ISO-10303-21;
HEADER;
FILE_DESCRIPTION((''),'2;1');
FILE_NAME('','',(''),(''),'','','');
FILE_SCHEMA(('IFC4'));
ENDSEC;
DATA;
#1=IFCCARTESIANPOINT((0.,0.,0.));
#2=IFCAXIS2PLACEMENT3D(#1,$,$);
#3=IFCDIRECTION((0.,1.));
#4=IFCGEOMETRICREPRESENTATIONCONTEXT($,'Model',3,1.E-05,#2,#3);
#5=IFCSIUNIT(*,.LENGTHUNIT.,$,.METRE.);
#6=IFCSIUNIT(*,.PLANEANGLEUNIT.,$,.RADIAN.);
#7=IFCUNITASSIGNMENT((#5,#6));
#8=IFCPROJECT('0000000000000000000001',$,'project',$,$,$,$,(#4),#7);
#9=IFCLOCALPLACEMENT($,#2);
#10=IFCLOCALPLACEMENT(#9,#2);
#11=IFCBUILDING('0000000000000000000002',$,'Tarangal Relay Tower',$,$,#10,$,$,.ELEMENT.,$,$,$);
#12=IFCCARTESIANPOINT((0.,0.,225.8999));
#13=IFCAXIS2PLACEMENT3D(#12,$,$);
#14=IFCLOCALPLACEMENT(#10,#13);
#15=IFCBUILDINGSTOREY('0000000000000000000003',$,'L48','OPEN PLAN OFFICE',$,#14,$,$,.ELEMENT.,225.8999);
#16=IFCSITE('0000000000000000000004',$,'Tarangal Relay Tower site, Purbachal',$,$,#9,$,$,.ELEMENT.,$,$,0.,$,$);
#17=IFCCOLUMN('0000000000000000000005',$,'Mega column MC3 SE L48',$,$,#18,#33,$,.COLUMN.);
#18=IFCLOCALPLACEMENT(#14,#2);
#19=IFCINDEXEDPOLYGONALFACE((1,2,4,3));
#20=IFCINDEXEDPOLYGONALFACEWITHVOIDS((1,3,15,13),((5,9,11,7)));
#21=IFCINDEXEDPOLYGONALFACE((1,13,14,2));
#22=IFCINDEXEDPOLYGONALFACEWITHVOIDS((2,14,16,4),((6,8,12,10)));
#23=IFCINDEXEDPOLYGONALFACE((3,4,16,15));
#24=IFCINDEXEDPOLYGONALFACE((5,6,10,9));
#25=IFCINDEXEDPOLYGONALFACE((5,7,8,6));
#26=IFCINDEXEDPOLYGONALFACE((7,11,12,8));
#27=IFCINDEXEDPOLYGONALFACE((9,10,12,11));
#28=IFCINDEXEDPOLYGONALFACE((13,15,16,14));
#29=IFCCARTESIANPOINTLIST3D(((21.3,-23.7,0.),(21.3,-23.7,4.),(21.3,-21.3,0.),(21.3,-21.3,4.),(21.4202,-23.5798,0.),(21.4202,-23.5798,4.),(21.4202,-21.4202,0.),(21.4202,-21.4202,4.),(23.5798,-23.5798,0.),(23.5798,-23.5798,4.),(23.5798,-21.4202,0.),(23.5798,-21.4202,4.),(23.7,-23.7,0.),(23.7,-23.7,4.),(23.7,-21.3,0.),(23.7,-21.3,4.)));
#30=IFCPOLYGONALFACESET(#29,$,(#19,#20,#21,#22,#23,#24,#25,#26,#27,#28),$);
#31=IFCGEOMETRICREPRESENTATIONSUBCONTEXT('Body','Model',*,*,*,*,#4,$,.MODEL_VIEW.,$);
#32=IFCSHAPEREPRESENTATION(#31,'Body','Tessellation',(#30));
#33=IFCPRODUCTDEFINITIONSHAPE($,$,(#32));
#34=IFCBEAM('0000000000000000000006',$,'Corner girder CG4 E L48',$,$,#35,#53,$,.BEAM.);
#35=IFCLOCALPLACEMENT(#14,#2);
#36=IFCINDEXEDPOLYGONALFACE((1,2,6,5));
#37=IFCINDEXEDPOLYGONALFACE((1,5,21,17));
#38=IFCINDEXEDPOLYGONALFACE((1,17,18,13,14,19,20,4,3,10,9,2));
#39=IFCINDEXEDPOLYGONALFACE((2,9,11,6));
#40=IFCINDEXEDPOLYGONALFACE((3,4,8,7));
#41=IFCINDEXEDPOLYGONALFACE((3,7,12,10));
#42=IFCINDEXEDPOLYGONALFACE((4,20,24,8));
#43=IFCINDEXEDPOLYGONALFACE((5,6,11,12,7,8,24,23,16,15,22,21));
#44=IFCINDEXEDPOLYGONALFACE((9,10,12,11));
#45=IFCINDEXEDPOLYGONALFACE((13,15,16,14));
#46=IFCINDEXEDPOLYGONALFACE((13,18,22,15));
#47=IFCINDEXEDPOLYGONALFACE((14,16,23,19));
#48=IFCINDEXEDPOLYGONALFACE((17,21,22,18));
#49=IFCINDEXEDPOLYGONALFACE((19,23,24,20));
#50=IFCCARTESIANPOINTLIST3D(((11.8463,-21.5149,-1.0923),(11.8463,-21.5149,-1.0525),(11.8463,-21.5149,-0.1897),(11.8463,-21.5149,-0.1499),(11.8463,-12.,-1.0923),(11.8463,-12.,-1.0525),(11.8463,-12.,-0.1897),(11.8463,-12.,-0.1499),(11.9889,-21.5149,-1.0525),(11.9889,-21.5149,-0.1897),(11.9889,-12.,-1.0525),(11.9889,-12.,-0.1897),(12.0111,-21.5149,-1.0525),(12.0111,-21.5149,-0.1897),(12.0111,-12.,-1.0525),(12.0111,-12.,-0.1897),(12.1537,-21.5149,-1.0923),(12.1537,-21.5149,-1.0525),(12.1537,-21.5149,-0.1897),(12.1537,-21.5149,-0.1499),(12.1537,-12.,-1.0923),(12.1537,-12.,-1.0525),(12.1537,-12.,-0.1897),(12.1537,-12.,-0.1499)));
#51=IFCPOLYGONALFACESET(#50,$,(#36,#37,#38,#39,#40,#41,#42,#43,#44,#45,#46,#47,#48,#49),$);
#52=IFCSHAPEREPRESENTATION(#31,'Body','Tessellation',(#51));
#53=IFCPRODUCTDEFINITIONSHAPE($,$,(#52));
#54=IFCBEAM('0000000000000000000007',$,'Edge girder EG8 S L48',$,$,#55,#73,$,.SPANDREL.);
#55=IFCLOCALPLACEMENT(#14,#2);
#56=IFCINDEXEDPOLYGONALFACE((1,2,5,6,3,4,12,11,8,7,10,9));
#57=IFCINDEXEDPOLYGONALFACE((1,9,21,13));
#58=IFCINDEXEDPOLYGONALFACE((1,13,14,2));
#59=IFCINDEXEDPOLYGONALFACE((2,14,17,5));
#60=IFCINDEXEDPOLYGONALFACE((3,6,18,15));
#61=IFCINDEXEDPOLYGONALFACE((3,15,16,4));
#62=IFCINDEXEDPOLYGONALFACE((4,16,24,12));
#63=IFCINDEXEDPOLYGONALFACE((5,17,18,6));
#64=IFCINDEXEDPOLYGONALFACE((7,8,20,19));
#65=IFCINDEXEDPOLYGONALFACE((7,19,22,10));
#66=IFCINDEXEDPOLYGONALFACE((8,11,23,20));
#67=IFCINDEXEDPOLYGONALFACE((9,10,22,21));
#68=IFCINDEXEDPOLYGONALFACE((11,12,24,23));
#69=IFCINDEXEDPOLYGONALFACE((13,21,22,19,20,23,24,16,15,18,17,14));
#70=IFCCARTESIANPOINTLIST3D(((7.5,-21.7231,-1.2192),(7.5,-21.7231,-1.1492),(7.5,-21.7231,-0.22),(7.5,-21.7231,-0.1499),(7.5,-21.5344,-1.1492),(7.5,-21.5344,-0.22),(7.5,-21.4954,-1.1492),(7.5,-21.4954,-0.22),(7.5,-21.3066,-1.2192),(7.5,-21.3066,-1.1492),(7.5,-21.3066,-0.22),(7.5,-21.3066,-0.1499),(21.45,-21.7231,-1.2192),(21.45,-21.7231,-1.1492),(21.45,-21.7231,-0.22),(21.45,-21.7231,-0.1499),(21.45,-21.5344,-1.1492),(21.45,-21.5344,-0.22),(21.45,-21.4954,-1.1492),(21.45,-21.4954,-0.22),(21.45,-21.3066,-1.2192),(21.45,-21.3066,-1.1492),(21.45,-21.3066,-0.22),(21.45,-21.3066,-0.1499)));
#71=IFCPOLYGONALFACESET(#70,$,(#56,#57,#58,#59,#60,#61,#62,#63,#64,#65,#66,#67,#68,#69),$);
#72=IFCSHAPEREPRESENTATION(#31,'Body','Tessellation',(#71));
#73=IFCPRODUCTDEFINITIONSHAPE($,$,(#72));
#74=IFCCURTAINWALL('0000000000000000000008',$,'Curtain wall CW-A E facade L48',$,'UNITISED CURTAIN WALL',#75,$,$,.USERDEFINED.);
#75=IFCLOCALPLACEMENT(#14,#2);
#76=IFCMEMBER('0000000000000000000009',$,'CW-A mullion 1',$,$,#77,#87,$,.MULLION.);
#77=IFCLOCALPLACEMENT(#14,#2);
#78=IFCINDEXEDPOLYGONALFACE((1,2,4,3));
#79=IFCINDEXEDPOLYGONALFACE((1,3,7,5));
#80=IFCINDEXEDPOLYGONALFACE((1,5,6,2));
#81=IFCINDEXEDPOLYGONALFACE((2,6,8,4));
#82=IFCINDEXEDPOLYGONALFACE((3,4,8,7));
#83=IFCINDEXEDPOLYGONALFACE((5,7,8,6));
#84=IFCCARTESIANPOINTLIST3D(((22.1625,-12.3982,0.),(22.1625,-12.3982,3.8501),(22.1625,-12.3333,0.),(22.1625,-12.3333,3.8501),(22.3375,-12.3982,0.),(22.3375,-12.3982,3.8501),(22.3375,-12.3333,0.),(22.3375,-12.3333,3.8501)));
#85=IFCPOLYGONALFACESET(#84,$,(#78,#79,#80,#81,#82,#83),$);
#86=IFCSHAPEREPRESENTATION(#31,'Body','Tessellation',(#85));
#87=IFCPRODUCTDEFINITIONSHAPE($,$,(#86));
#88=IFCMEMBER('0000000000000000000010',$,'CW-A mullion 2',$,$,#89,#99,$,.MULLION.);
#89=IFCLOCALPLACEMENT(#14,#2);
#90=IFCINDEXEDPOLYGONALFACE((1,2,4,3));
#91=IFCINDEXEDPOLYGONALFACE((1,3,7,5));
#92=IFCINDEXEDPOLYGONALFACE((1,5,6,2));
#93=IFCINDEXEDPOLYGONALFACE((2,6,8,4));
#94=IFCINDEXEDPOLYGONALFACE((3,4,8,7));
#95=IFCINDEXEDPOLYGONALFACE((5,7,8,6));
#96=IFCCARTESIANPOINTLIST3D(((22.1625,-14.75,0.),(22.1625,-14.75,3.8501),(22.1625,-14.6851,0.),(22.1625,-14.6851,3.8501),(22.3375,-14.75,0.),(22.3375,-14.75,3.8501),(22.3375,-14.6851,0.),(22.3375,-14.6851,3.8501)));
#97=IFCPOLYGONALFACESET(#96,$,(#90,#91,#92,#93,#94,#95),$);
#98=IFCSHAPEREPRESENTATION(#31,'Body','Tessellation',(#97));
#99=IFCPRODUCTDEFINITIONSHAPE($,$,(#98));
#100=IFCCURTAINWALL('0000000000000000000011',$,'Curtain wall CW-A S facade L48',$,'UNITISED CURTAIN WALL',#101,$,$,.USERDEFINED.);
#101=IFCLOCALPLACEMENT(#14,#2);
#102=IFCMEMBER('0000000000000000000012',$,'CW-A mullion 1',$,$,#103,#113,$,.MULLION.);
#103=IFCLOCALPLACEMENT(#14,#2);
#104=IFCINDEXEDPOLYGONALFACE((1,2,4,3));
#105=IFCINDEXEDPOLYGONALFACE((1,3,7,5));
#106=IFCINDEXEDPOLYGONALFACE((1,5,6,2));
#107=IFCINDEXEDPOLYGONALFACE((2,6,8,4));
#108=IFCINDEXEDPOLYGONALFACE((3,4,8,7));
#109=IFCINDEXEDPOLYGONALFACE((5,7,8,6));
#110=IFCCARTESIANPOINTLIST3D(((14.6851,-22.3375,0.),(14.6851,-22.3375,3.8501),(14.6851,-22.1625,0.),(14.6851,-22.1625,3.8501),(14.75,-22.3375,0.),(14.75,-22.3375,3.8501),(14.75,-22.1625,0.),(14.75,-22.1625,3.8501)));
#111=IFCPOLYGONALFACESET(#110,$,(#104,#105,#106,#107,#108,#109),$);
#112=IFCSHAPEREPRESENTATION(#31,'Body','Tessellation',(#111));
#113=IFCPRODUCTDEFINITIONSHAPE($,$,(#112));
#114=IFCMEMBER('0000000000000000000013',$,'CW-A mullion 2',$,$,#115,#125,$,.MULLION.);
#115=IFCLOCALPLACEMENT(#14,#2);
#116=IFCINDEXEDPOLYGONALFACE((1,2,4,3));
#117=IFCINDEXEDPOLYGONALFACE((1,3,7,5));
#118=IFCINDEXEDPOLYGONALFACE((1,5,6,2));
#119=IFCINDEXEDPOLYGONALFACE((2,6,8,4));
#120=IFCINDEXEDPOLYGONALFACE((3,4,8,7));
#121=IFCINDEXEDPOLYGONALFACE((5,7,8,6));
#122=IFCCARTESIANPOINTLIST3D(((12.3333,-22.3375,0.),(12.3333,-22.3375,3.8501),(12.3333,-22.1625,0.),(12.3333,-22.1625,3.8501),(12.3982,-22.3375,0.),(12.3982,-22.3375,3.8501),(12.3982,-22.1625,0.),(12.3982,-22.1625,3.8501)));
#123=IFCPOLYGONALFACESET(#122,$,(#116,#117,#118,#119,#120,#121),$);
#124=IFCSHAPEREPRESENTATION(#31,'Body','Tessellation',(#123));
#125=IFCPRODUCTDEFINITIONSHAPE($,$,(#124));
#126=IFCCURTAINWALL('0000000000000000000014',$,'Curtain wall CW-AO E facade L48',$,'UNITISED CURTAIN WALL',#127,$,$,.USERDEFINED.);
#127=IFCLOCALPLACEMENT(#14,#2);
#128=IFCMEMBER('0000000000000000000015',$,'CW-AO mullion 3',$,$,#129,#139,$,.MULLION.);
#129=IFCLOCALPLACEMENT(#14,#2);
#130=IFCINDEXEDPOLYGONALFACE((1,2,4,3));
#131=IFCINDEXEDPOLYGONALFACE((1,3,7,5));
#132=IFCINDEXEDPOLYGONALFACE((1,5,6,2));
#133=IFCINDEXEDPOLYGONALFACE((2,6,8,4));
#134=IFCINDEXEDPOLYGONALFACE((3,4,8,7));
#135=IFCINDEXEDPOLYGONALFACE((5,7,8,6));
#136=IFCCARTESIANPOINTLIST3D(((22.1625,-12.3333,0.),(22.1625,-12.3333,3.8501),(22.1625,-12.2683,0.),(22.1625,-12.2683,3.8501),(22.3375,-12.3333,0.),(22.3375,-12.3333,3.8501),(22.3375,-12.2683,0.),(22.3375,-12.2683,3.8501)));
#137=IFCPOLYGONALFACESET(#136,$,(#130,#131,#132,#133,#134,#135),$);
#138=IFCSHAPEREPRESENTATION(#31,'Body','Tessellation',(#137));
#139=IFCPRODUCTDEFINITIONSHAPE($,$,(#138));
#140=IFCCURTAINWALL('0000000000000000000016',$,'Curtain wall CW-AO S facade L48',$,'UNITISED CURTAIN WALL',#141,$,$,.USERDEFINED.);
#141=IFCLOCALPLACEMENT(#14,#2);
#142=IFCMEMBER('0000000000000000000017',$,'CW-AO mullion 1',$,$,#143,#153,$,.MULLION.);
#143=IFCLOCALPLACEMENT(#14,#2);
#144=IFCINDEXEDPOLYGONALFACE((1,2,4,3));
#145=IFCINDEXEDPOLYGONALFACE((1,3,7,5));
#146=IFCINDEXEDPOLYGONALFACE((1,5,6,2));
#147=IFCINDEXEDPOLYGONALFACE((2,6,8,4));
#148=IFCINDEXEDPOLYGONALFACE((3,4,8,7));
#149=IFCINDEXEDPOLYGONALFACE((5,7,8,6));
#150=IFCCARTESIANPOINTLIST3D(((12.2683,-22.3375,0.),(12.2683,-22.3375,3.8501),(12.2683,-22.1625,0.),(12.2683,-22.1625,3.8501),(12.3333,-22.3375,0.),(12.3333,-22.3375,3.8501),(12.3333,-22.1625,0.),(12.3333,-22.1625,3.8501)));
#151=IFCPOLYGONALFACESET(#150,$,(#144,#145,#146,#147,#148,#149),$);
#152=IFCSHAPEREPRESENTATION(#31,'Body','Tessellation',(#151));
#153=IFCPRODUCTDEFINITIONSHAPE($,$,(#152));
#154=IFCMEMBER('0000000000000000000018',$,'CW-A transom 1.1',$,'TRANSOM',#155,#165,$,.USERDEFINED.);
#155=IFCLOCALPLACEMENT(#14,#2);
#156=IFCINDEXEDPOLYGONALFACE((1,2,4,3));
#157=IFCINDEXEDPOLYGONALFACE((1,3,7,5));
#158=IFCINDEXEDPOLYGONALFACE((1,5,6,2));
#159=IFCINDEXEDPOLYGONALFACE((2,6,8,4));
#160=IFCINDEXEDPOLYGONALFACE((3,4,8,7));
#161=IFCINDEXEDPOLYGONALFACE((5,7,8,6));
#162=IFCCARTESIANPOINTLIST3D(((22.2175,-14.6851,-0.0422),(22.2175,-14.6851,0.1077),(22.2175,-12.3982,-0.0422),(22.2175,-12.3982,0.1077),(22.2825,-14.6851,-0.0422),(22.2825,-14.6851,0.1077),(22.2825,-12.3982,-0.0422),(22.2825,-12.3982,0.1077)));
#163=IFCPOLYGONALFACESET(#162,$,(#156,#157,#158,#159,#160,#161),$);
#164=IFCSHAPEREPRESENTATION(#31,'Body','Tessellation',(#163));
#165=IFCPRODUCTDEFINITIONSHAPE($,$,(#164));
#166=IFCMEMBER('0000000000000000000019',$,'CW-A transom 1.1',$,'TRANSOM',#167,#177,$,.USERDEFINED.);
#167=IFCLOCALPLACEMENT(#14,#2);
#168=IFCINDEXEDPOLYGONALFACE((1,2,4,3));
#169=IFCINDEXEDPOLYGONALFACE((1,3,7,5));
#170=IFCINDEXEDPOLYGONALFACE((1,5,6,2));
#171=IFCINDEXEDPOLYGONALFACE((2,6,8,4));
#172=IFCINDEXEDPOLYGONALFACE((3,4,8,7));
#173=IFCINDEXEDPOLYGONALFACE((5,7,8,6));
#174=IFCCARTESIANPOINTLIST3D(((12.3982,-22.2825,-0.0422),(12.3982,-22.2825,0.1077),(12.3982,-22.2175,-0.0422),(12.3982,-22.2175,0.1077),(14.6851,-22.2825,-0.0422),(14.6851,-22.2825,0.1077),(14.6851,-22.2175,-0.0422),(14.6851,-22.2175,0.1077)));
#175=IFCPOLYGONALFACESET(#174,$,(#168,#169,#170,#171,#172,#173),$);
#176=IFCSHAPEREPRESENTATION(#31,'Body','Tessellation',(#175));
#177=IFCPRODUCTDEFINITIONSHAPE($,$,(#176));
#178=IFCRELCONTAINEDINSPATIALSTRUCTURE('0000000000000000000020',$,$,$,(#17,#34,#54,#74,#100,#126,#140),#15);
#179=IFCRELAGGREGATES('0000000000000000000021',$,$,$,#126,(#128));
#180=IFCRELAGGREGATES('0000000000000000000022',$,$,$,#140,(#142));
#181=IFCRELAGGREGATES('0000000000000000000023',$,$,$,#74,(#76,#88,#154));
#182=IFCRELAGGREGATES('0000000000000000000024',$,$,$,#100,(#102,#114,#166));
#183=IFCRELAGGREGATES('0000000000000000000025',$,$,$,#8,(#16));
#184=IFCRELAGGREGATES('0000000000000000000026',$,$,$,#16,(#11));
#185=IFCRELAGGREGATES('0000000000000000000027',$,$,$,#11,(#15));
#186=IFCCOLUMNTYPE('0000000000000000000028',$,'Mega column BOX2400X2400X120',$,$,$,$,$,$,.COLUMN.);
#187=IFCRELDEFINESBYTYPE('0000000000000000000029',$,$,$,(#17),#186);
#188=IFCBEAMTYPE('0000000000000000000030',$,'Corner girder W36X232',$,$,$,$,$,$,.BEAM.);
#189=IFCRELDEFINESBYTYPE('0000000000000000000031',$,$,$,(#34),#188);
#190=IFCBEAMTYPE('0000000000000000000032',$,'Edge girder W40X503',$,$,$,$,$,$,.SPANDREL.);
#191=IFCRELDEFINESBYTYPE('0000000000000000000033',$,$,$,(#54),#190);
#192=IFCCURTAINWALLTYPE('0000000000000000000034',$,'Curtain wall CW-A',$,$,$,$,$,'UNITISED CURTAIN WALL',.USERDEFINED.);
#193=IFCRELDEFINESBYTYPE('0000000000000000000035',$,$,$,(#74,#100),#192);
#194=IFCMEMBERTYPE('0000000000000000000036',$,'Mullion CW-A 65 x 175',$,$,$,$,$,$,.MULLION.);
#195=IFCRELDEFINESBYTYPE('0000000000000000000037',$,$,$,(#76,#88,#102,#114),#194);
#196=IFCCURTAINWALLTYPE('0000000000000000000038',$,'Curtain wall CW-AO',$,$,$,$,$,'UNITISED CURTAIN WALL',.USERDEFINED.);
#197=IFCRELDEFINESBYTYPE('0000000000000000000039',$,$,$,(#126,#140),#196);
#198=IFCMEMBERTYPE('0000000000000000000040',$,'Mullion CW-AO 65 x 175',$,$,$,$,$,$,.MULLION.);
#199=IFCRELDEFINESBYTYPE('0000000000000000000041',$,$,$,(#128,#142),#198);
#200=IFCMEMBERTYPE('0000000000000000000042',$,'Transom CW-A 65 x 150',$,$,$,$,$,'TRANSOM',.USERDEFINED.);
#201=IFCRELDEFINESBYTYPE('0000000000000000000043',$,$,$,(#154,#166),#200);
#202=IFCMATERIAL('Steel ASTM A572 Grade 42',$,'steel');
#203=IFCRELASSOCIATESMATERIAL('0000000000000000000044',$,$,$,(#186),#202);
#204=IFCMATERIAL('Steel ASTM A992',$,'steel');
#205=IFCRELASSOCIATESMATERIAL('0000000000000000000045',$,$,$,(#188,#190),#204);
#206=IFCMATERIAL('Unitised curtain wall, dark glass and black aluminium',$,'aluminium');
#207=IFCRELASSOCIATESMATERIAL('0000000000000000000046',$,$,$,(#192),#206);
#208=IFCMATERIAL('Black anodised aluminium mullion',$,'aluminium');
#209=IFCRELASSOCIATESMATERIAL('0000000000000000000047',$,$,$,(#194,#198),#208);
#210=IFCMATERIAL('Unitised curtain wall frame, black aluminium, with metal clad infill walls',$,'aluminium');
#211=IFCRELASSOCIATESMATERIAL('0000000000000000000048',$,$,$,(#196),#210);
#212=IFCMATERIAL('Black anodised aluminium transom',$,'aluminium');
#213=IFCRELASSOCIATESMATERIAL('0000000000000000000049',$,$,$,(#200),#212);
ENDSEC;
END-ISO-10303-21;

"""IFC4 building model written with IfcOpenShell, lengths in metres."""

from ifc_helpers import new_model, si_unit, direction, frame, origin, origin_2d, place, context, subcontext, project, spatial, rectangle, hollow_rectangle, i_section, extrude, material, material_profile, profile_set, type_object, element, aggregate, save


model = new_model("IFC4")

# Units and contexts
model_context = context("Model", 3, precision=1e-05, world=origin(), true_north=direction((0.0, 1.0)))
body_context = subcontext(model_context, "Body", "Model", "MODEL_VIEW")
ifc_project = project(units=[si_unit("LENGTHUNIT", "METRE"), si_unit("PLANEANGLEUNIT", "RADIAN")], contexts=[model_context])

# Site, building, storey
site_placement = place(None, origin())
site = spatial("IfcSite", under=ifc_project, at=site_placement, Name="Tarangal Relay Tower site, Purbachal", CompositionType="ELEMENT", RefElevation=0.0)
building_placement = place(site_placement, origin())
building = spatial("IfcBuilding", under=site, at=building_placement, Name="Tarangal Relay Tower", CompositionType="ELEMENT")
storey_placement = place(building_placement, frame((0.0, 0.0, 225.8999)))
storey = spatial("IfcBuildingStorey", under=building, at=storey_placement, Name="L48", Description="OPEN PLAN OFFICE", CompositionType="ELEMENT", Elevation=225.8999)

# Column
ifc_material_1 = material(Name="Steel ASTM A572 Grade 42", Category="steel")
ifc_material_profile_1 = material_profile(ifc_material_1, hollow_rectangle(XDim=2.3999, YDim=2.3999, WallThickness=0.1201, at=origin_2d()), Name="BOX2400X2400X120")
ifc_profile_set_1 = profile_set([ifc_material_profile_1], Name="Steel ASTM A572 Grade 42")
column_type = type_object("IfcColumnType", Name="Mega column BOX2400X2400X120", PredefinedType="COLUMN", material=ifc_profile_set_1)
column_placement = place(storey_placement, frame((22.5, -22.5, 0.0), z_axis=(0.0, 0.0, 1.0), x_axis=(1.0, 0.0, 0.0)))
element("IfcColumn", 1, at=column_placement, inside=storey, type_object=column_type, Name="Mega column MC3 SE L48", PredefinedType="COLUMN", context=body_context, shape_type="SweptSolid", body=[
    extrude(hollow_rectangle(XDim=2.3999, YDim=2.3999, WallThickness=0.1201, at=origin_2d()), origin(), (0.0, 0.0, 1.0), 4.0),
])

# Beams
ifc_material_2 = material(Name="Steel ASTM A992", Category="steel")
ifc_material_profile_2 = material_profile(ifc_material_2, i_section(OverallWidth=0.3074, OverallDepth=0.9424, WebThickness=0.0222, FlangeThickness=0.0398, at=origin_2d()), Name="W36X232")
ifc_profile_set_2 = profile_set([ifc_material_profile_2], Name="Steel ASTM A992")
beam_type_1 = type_object("IfcBeamType", Name="Corner girder W36X232", PredefinedType="BEAM", material=ifc_profile_set_2)
beam_1_placement = place(storey_placement, frame((12.0, -12.0, -0.6211), z_axis=(0.0, -1.0, 0.0), x_axis=(1.0, 0.0, 0.0)))
element("IfcBeam", 2, at=beam_1_placement, inside=storey, type_object=beam_type_1, Name="Corner girder CG4 E L48", PredefinedType="BEAM", context=body_context, shape_type="SweptSolid", body=[
    extrude(i_section(OverallWidth=0.3074, OverallDepth=0.9424, WebThickness=0.0222, FlangeThickness=0.0398, at=origin_2d()), origin(), (0.0, 0.0, 1.0), 9.5149),
])
ifc_material_profile_3 = material_profile(ifc_material_2, i_section(OverallWidth=0.4165, OverallDepth=1.0693, WebThickness=0.0391, FlangeThickness=0.0701, at=origin_2d()), Name="W40X503")
ifc_profile_set_3 = profile_set([ifc_material_profile_3], Name="Steel ASTM A992")
beam_type_2 = type_object("IfcBeamType", Name="Edge girder W40X503", PredefinedType="SPANDREL", material=ifc_profile_set_3)
beam_2_placement = place(storey_placement, frame((21.45, -21.5149, -0.6846), z_axis=(-1.0, 0.0, 0.0), x_axis=(0.0, -1.0, 0.0)))
element("IfcBeam", 3, at=beam_2_placement, inside=storey, type_object=beam_type_2, Name="Edge girder EG8 S L48", PredefinedType="SPANDREL", context=body_context, shape_type="SweptSolid", body=[
    extrude(i_section(OverallWidth=0.4165, OverallDepth=1.0693, WebThickness=0.0391, FlangeThickness=0.0701, at=origin_2d()), origin(), (0.0, 0.0, 1.0), 13.95),
])

# Curtain walls, members
ifc_material_3 = material(Name="Unitised curtain wall, dark glass and black aluminium", Category="aluminium")
curtain_wall_type_1 = type_object("IfcCurtainWallType", Name="Curtain wall CW-A", ElementType="UNITISED CURTAIN WALL", PredefinedType="USERDEFINED", material=ifc_material_3)
curtain_wall_1_placement = place(storey_placement, origin())
curtain_wall_1 = element("IfcCurtainWall", 4, at=curtain_wall_1_placement, inside=storey, type_object=curtain_wall_type_1, Name="Curtain wall CW-A E facade L48", ObjectType="UNITISED CURTAIN WALL", PredefinedType="USERDEFINED")
ifc_material_4 = material(Name="Black anodised aluminium mullion", Category="aluminium")
ifc_material_profile_4 = material_profile(ifc_material_4, rectangle(XDim=0.175, YDim=0.0649, at=origin_2d()), Name="CW-AM 65X175")
ifc_profile_set_4 = profile_set([ifc_material_profile_4], Name="Black anodised aluminium mullion")
member_type_1 = type_object("IfcMemberType", Name="Mullion CW-A 65 x 175", PredefinedType="MULLION", material=ifc_profile_set_4)
member_1_placement = place(storey_placement, frame((22.25, -12.3657, 0.0), z_axis=(0.0, 0.0, 1.0), x_axis=(1.0, 0.0, 0.0)))
member_1 = element("IfcMember", 5, at=member_1_placement, type_object=member_type_1, Name="CW-A mullion 1", PredefinedType="MULLION", context=body_context, shape_type="SweptSolid", body=[
    extrude(rectangle(XDim=0.175, YDim=0.0649, at=origin_2d()), origin(), (0.0, 0.0, 1.0), 3.8501),
])
member_2_placement = place(storey_placement, frame((22.25, -14.7175, 0.0), z_axis=(0.0, 0.0, 1.0), x_axis=(1.0, 0.0, 0.0)))
member_2 = element("IfcMember", 6, at=member_2_placement, type_object=member_type_1, Name="CW-A mullion 2", PredefinedType="MULLION", context=body_context, shape_type="SweptSolid", body=[
    extrude(rectangle(XDim=0.175, YDim=0.0649, at=origin_2d()), origin(), (0.0, 0.0, 1.0), 3.8501),
])
curtain_wall_2_placement = place(storey_placement, origin())
curtain_wall_2 = element("IfcCurtainWall", 7, at=curtain_wall_2_placement, inside=storey, type_object=curtain_wall_type_1, Name="Curtain wall CW-A S facade L48", ObjectType="UNITISED CURTAIN WALL", PredefinedType="USERDEFINED")
member_3_placement = place(storey_placement, frame((14.7175, -22.25, 0.0), z_axis=(0.0, 0.0, 1.0), x_axis=(0.0, -1.0, 0.0)))
member_3 = element("IfcMember", 8, at=member_3_placement, type_object=member_type_1, Name="CW-A mullion 1", PredefinedType="MULLION", context=body_context, shape_type="SweptSolid", body=[
    extrude(rectangle(XDim=0.175, YDim=0.0649, at=origin_2d()), origin(), (0.0, 0.0, 1.0), 3.8501),
])
member_4_placement = place(storey_placement, frame((12.3657, -22.25, 0.0), z_axis=(0.0, 0.0, 1.0), x_axis=(0.0, -1.0, 0.0)))
member_4 = element("IfcMember", 9, at=member_4_placement, type_object=member_type_1, Name="CW-A mullion 2", PredefinedType="MULLION", context=body_context, shape_type="SweptSolid", body=[
    extrude(rectangle(XDim=0.175, YDim=0.0649, at=origin_2d()), origin(), (0.0, 0.0, 1.0), 3.8501),
])

# Curtain walls, members
ifc_material_5 = material(Name="Unitised curtain wall frame, black aluminium, with metal clad infill walls", Category="aluminium")
curtain_wall_type_2 = type_object("IfcCurtainWallType", Name="Curtain wall CW-AO", ElementType="UNITISED CURTAIN WALL", PredefinedType="USERDEFINED", material=ifc_material_5)
curtain_wall_3_placement = place(storey_placement, origin())
curtain_wall_3 = element("IfcCurtainWall", 10, at=curtain_wall_3_placement, inside=storey, type_object=curtain_wall_type_2, Name="Curtain wall CW-AO E facade L48", ObjectType="UNITISED CURTAIN WALL", PredefinedType="USERDEFINED")
ifc_material_profile_5 = material_profile(ifc_material_4, rectangle(XDim=0.175, YDim=0.0649, at=origin_2d()), Name="CW-AOM 65X175")
ifc_profile_set_5 = profile_set([ifc_material_profile_5], Name="Black anodised aluminium mullion")
member_type_2 = type_object("IfcMemberType", Name="Mullion CW-AO 65 x 175", PredefinedType="MULLION", material=ifc_profile_set_5)
member_5_placement = place(storey_placement, frame((22.25, -12.3008, 0.0), z_axis=(0.0, 0.0, 1.0), x_axis=(1.0, 0.0, 0.0)))
member_5 = element("IfcMember", 11, at=member_5_placement, type_object=member_type_2, Name="CW-AO mullion 3", PredefinedType="MULLION", context=body_context, shape_type="SweptSolid", body=[
    extrude(rectangle(XDim=0.175, YDim=0.0649, at=origin_2d()), origin(), (0.0, 0.0, 1.0), 3.8501),
])
aggregate(curtain_wall_3, [member_5])
curtain_wall_4_placement = place(storey_placement, origin())
curtain_wall_4 = element("IfcCurtainWall", 12, at=curtain_wall_4_placement, inside=storey, type_object=curtain_wall_type_2, Name="Curtain wall CW-AO S facade L48", ObjectType="UNITISED CURTAIN WALL", PredefinedType="USERDEFINED")
member_6_placement = place(storey_placement, frame((12.3008, -22.25, 0.0), z_axis=(0.0, 0.0, 1.0), x_axis=(0.0, -1.0, 0.0)))
member_6 = element("IfcMember", 13, at=member_6_placement, type_object=member_type_2, Name="CW-AO mullion 1", PredefinedType="MULLION", context=body_context, shape_type="SweptSolid", body=[
    extrude(rectangle(XDim=0.175, YDim=0.0649, at=origin_2d()), origin(), (0.0, 0.0, 1.0), 3.8501),
])

# Members
ifc_material_6 = material(Name="Black anodised aluminium transom", Category="aluminium")
ifc_material_profile_6 = material_profile(ifc_material_6, rectangle(XDim=0.0649, YDim=0.1499, at=origin_2d()), Name="CW-AT 65X150")
ifc_profile_set_6 = profile_set([ifc_material_profile_6], Name="Black anodised aluminium transom")
member_type_3 = type_object("IfcMemberType", Name="Transom CW-A 65 x 150", ElementType="TRANSOM", PredefinedType="USERDEFINED", material=ifc_profile_set_6)
member_7_placement = place(storey_placement, frame((22.25, -12.3982, 0.0327), z_axis=(0.0, -1.0, 0.0), x_axis=(1.0, 0.0, 0.0)))
member_7 = element("IfcMember", 14, at=member_7_placement, type_object=member_type_3, Name="CW-A transom 1.1", ObjectType="TRANSOM", PredefinedType="USERDEFINED", context=body_context, shape_type="SweptSolid", body=[
    extrude(rectangle(XDim=0.0649, YDim=0.1499, at=origin_2d()), origin(), (0.0, 0.0, 1.0), 2.2869),
])
member_8_placement = place(storey_placement, frame((14.6851, -22.25, 0.0327), z_axis=(-1.0, 0.0, 0.0), x_axis=(0.0, -1.0, 0.0)))
member_8 = element("IfcMember", 15, at=member_8_placement, type_object=member_type_3, Name="CW-A transom 1.1", ObjectType="TRANSOM", PredefinedType="USERDEFINED", context=body_context, shape_type="SweptSolid", body=[
    extrude(rectangle(XDim=0.0649, YDim=0.1499, at=origin_2d()), origin(), (0.0, 0.0, 1.0), 2.2869),
])
aggregate(curtain_wall_4, [member_6])

aggregate(curtain_wall_1, [member_1, member_2, member_7])
aggregate(curtain_wall_2, [member_3, member_4, member_8])

save(model, "model.ifc")
